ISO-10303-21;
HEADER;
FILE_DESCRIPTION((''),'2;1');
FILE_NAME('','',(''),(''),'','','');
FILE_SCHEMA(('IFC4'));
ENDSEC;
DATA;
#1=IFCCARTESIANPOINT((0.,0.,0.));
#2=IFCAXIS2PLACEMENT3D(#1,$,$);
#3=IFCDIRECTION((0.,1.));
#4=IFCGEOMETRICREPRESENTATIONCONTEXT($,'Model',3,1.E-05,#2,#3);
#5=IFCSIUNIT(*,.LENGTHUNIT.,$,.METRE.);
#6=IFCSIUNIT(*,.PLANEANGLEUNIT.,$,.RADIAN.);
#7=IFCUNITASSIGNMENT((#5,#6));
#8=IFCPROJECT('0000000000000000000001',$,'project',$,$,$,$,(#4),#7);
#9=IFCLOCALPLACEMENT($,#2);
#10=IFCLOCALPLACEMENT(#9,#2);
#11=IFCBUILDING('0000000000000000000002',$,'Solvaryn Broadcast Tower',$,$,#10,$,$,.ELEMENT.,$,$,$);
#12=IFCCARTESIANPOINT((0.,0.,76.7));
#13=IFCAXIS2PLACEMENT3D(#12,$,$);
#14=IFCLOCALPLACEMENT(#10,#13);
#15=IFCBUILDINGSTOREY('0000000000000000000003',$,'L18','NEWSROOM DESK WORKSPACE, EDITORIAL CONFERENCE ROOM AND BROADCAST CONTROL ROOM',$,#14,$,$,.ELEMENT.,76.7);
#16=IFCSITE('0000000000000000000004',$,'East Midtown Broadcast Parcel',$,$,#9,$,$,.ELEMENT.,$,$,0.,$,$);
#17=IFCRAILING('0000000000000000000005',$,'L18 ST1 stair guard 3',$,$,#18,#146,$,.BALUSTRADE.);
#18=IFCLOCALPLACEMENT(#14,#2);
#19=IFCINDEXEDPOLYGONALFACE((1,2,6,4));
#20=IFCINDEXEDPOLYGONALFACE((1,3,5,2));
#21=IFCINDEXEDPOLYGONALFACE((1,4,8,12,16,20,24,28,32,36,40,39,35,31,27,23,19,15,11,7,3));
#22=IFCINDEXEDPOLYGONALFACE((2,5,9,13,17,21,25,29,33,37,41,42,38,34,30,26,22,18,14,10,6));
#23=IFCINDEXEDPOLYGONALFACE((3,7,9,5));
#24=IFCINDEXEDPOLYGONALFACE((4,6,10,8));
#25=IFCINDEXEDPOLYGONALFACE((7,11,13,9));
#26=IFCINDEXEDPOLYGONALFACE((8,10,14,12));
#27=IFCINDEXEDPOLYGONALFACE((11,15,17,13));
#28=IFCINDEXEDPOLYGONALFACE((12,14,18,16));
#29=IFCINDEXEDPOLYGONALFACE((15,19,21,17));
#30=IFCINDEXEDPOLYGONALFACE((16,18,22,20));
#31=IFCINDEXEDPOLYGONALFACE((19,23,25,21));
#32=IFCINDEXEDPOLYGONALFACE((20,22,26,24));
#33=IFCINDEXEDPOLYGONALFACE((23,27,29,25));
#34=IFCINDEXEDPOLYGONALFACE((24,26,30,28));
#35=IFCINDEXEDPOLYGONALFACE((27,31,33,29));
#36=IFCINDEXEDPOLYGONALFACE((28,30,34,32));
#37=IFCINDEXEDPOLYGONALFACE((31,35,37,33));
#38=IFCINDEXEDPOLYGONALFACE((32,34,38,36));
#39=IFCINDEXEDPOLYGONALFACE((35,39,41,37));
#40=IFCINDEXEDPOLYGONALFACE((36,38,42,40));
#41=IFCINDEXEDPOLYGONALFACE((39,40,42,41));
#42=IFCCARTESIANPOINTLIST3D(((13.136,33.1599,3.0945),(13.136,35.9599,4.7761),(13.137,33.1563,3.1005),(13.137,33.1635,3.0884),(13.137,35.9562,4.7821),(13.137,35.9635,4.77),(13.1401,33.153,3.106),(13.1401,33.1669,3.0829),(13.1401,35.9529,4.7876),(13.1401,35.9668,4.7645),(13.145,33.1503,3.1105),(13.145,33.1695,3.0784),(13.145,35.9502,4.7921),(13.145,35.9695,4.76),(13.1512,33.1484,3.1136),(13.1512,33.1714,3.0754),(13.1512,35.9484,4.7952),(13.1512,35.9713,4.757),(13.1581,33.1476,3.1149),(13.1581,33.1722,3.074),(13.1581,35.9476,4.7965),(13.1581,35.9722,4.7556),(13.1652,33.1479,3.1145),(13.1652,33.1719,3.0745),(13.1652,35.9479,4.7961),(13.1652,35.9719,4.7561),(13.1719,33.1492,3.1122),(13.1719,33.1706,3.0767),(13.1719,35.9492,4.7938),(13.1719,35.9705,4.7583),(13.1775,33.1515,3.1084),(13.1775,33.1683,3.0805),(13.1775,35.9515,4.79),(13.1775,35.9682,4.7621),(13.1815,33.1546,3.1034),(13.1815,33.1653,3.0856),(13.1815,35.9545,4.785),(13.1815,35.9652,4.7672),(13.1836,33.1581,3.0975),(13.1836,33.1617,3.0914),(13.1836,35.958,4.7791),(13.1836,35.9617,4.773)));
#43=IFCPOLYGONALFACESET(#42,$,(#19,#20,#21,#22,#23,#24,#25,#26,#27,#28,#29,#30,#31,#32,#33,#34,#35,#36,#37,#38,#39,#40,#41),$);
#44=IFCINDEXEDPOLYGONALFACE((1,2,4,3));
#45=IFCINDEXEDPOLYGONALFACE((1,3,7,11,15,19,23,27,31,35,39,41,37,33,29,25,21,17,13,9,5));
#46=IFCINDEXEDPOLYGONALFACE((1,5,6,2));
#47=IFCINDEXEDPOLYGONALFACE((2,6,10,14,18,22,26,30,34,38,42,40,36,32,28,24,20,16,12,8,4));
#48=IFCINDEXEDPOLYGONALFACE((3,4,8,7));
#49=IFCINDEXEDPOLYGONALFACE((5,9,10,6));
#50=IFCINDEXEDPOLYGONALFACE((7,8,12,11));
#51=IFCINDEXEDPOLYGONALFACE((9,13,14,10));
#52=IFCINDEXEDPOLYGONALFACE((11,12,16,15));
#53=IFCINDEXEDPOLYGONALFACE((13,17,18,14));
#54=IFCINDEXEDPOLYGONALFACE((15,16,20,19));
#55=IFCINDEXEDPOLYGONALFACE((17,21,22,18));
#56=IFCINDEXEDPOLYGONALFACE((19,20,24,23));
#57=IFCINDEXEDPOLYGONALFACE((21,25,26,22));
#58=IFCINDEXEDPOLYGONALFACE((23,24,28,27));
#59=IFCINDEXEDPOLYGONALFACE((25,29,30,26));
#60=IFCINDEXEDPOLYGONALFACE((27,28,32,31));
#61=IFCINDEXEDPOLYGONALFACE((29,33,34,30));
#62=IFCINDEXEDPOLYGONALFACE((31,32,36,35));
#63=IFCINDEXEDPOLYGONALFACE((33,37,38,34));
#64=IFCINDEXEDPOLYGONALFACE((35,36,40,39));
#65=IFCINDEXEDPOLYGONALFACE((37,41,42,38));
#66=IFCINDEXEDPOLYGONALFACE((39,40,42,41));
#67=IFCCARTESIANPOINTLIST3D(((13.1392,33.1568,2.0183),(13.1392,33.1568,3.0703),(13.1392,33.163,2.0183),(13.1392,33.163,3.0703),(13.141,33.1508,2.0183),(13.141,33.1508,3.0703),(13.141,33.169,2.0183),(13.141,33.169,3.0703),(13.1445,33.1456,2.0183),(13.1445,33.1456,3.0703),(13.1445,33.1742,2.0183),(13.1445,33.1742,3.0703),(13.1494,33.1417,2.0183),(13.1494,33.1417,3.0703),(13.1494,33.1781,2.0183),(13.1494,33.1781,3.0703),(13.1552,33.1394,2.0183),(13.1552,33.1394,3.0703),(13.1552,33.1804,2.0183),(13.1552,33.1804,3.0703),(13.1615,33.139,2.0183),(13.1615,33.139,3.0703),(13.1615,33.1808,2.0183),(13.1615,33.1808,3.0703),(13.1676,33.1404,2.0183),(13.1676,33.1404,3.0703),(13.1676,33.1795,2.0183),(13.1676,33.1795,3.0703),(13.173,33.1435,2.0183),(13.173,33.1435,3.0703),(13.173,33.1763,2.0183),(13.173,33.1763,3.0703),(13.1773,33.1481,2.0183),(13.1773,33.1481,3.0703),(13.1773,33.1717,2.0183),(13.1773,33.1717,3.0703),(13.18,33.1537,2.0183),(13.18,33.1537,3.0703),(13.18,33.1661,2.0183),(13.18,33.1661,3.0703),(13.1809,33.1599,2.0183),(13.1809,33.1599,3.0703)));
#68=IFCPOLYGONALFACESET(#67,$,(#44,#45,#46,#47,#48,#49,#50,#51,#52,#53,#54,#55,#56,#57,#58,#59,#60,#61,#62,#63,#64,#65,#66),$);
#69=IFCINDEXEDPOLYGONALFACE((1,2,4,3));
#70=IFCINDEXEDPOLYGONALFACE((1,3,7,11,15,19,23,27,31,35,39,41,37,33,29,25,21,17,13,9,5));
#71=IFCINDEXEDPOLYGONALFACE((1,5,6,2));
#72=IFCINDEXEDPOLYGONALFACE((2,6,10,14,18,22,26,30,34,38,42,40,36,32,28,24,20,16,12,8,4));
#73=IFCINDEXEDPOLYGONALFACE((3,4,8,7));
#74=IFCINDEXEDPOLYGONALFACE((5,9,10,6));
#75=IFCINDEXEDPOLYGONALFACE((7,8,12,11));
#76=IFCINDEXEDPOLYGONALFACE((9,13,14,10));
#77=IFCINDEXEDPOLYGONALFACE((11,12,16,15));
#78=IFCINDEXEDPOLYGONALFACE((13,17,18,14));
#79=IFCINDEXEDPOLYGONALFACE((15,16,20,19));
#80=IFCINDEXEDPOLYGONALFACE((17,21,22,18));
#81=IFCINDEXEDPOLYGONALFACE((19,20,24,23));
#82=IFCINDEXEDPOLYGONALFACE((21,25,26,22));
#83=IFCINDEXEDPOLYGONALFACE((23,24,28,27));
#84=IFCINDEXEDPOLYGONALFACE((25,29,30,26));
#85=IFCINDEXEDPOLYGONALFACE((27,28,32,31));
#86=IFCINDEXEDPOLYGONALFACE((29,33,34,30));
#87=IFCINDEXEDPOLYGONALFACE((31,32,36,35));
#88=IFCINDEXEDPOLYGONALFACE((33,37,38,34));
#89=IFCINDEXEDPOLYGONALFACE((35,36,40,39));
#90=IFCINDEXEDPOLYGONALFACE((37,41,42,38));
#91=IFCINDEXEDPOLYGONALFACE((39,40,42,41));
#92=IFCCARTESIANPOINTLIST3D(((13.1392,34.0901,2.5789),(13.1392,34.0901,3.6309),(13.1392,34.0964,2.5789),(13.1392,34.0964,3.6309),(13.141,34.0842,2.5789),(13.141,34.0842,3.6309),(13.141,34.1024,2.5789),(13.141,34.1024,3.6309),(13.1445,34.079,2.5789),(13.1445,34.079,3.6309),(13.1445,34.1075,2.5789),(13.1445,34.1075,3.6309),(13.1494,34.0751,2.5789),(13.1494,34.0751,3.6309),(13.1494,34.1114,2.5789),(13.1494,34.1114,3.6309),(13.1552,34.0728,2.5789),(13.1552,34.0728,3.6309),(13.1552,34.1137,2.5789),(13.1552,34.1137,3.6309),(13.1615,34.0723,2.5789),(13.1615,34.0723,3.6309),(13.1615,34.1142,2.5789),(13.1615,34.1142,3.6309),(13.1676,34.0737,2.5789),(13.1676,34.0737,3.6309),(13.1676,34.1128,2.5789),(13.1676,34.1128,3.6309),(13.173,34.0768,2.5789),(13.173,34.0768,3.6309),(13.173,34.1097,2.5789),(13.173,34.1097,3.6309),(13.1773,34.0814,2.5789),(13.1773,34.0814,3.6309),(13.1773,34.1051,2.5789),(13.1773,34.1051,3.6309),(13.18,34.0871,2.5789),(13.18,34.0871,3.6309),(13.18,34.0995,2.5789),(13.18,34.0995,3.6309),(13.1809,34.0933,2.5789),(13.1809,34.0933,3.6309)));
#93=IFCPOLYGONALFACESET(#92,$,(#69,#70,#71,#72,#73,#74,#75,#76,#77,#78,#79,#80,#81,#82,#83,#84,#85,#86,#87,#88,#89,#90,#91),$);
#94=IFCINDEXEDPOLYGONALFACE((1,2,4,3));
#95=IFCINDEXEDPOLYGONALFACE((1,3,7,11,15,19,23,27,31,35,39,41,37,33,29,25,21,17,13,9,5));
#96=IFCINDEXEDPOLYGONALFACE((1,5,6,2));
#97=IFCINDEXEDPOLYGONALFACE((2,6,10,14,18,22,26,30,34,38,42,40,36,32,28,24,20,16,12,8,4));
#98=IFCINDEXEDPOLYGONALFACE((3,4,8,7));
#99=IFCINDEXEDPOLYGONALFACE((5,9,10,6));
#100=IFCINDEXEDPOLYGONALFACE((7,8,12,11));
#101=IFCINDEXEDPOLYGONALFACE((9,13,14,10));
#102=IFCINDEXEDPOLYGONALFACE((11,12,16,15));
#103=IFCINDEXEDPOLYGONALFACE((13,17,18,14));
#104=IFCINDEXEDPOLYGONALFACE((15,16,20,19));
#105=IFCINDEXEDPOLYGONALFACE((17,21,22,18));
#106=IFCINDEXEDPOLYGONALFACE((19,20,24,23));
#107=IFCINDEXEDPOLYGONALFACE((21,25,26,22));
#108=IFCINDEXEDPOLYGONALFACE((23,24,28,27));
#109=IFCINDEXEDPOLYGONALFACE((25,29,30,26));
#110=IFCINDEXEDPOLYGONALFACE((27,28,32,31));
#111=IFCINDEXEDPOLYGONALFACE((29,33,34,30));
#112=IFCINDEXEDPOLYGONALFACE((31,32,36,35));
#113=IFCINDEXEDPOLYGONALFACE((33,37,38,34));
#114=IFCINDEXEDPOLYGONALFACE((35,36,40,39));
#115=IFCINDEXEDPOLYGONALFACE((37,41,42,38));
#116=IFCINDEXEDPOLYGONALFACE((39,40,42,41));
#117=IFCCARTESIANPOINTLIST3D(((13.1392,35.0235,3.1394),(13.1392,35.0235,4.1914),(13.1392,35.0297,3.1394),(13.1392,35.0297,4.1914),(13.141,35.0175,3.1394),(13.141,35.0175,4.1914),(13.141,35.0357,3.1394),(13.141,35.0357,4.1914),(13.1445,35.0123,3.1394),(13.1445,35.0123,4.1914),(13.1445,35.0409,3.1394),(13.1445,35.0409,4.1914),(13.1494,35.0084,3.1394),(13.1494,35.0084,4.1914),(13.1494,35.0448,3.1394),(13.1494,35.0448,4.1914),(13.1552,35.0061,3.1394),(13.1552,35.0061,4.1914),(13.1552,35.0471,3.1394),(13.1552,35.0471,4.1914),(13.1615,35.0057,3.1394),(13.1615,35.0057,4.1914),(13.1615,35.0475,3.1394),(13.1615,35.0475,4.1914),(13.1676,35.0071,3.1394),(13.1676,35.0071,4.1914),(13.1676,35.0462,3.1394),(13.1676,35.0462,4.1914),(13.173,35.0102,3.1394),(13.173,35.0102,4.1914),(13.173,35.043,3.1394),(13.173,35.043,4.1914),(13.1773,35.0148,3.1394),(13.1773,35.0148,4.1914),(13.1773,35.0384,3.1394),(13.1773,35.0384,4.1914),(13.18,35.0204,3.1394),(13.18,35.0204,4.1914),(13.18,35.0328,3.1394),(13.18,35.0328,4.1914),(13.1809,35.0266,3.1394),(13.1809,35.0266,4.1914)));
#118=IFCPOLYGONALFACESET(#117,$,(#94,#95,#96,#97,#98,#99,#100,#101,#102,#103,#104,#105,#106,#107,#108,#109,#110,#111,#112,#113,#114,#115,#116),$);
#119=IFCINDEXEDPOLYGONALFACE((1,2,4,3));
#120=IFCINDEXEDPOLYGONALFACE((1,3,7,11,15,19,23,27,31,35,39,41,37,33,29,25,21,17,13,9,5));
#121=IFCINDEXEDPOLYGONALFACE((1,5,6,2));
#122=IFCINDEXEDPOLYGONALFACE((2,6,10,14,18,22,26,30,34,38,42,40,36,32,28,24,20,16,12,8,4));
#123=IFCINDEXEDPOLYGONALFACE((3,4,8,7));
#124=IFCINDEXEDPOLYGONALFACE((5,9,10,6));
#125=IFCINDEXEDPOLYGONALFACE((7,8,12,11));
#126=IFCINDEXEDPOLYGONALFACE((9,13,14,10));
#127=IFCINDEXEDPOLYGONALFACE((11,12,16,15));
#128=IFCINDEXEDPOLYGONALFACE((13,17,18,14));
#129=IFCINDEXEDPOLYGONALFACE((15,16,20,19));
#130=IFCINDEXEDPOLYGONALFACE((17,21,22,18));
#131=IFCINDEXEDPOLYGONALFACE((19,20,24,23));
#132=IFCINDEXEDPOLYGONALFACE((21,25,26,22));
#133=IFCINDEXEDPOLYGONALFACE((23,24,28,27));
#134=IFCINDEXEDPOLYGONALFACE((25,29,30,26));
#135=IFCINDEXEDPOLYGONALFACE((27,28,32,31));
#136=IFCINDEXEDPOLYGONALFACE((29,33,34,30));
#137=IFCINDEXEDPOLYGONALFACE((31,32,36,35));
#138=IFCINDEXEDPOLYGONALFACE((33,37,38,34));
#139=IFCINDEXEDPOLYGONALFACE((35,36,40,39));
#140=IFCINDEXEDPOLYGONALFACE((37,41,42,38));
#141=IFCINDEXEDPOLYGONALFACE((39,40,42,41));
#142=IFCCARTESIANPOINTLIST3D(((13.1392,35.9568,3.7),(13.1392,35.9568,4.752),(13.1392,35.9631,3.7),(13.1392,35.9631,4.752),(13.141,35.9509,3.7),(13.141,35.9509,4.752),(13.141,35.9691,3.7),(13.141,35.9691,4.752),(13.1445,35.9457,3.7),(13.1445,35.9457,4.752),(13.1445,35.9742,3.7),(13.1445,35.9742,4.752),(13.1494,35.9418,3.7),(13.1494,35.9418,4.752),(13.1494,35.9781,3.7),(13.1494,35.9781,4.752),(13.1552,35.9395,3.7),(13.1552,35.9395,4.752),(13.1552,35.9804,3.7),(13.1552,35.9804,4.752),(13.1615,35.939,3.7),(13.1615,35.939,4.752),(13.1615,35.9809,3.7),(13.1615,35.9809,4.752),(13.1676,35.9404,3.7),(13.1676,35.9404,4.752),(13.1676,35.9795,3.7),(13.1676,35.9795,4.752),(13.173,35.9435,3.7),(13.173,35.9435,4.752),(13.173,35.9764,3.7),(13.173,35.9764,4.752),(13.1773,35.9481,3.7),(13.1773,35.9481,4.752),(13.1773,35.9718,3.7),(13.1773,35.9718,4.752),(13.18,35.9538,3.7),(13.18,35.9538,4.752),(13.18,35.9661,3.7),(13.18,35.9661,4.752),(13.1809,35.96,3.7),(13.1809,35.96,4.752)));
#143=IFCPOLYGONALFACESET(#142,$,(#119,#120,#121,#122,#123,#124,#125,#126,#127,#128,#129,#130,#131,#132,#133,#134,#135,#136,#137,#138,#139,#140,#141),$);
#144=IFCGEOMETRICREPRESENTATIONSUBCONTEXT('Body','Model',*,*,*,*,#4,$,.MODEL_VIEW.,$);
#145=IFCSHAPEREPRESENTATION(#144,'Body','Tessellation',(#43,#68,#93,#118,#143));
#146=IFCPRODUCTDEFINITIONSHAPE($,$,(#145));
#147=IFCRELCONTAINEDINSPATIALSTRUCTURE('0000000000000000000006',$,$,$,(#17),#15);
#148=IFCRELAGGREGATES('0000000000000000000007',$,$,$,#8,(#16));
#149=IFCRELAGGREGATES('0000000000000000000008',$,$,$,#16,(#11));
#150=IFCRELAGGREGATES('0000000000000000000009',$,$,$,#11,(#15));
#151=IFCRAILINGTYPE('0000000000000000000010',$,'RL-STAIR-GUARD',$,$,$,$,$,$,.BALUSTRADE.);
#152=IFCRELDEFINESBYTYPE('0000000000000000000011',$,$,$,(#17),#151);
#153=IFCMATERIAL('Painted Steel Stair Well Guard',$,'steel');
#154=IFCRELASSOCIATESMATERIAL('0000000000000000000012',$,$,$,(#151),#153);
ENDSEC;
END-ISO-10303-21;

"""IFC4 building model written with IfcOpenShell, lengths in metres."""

from ifc_helpers import new_model, si_unit, direction, frame, origin, origin_2d, place, context, subcontext, project, spatial, circle, extrude, material, type_object, element, save


model = new_model("IFC4")

# Units and contexts
model_context = context("Model", 3, precision=1e-05, world=origin(), true_north=direction((0.0, 1.0)))
body_context = subcontext(model_context, "Body", "Model", "MODEL_VIEW")
ifc_project = project(units=[si_unit("LENGTHUNIT", "METRE"), si_unit("PLANEANGLEUNIT", "RADIAN")], contexts=[model_context])

# Site, building, storey
site_placement = place(None, origin())
site = spatial("IfcSite", under=ifc_project, at=site_placement, Name="East Midtown Broadcast Parcel", CompositionType="ELEMENT", RefElevation=0.0)
building_placement = place(site_placement, origin())
building = spatial("IfcBuilding", under=site, at=building_placement, Name="Solvaryn Broadcast Tower", CompositionType="ELEMENT")
storey_placement = place(building_placement, frame((0.0, 0.0, 76.7)))
storey = spatial("IfcBuildingStorey", under=building, at=storey_placement, Name="L18", Description="NEWSROOM DESK WORKSPACE, EDITORIAL CONFERENCE ROOM AND BROADCAST CONTROL ROOM", CompositionType="ELEMENT", Elevation=76.7)

# Railing
ifc_material_1 = material(Name="Painted Steel Stair Well Guard", Category="steel")
railing_type_1 = type_object("IfcRailingType", Name="RL-STAIR-GUARD", PredefinedType="BALUSTRADE", material=ifc_material_1)
railing_1_placement = place(storey_placement, frame((13.1599, 33.1599, 2.0183)))
element("IfcRailing", 1, at=railing_1_placement, inside=storey, type_object=railing_type_1, Name="L18 ST1 stair guard 3", PredefinedType="BALUSTRADE", context=body_context, shape_type="SweptSolid", body=[
    extrude(circle(Radius=0.0239, at=origin_2d()), frame((0.0, 0.0, 1.0762), z_axis=(0.0, 0.857275, 0.514858), x_axis=(-1.0, 0.0, 0.0)), (0.0, 0.0, 1.0), 3.2661),
    extrude(circle(Radius=0.021, at=origin_2d()), origin(), (0.0, 0.0, 1.0), 1.052),
    extrude(circle(Radius=0.021, at=origin_2d()), frame((0.0, 0.9333, 0.5605)), (0.0, 0.0, 1.0), 1.052),
    extrude(circle(Radius=0.021, at=origin_2d()), frame((0.0, 1.8667, 1.1211)), (0.0, 0.0, 1.0), 1.052),
    extrude(circle(Radius=0.021, at=origin_2d()), frame((0.0, 2.8, 1.6816)), (0.0, 0.0, 1.0), 1.052),
])

save(model, "model.ifc")
